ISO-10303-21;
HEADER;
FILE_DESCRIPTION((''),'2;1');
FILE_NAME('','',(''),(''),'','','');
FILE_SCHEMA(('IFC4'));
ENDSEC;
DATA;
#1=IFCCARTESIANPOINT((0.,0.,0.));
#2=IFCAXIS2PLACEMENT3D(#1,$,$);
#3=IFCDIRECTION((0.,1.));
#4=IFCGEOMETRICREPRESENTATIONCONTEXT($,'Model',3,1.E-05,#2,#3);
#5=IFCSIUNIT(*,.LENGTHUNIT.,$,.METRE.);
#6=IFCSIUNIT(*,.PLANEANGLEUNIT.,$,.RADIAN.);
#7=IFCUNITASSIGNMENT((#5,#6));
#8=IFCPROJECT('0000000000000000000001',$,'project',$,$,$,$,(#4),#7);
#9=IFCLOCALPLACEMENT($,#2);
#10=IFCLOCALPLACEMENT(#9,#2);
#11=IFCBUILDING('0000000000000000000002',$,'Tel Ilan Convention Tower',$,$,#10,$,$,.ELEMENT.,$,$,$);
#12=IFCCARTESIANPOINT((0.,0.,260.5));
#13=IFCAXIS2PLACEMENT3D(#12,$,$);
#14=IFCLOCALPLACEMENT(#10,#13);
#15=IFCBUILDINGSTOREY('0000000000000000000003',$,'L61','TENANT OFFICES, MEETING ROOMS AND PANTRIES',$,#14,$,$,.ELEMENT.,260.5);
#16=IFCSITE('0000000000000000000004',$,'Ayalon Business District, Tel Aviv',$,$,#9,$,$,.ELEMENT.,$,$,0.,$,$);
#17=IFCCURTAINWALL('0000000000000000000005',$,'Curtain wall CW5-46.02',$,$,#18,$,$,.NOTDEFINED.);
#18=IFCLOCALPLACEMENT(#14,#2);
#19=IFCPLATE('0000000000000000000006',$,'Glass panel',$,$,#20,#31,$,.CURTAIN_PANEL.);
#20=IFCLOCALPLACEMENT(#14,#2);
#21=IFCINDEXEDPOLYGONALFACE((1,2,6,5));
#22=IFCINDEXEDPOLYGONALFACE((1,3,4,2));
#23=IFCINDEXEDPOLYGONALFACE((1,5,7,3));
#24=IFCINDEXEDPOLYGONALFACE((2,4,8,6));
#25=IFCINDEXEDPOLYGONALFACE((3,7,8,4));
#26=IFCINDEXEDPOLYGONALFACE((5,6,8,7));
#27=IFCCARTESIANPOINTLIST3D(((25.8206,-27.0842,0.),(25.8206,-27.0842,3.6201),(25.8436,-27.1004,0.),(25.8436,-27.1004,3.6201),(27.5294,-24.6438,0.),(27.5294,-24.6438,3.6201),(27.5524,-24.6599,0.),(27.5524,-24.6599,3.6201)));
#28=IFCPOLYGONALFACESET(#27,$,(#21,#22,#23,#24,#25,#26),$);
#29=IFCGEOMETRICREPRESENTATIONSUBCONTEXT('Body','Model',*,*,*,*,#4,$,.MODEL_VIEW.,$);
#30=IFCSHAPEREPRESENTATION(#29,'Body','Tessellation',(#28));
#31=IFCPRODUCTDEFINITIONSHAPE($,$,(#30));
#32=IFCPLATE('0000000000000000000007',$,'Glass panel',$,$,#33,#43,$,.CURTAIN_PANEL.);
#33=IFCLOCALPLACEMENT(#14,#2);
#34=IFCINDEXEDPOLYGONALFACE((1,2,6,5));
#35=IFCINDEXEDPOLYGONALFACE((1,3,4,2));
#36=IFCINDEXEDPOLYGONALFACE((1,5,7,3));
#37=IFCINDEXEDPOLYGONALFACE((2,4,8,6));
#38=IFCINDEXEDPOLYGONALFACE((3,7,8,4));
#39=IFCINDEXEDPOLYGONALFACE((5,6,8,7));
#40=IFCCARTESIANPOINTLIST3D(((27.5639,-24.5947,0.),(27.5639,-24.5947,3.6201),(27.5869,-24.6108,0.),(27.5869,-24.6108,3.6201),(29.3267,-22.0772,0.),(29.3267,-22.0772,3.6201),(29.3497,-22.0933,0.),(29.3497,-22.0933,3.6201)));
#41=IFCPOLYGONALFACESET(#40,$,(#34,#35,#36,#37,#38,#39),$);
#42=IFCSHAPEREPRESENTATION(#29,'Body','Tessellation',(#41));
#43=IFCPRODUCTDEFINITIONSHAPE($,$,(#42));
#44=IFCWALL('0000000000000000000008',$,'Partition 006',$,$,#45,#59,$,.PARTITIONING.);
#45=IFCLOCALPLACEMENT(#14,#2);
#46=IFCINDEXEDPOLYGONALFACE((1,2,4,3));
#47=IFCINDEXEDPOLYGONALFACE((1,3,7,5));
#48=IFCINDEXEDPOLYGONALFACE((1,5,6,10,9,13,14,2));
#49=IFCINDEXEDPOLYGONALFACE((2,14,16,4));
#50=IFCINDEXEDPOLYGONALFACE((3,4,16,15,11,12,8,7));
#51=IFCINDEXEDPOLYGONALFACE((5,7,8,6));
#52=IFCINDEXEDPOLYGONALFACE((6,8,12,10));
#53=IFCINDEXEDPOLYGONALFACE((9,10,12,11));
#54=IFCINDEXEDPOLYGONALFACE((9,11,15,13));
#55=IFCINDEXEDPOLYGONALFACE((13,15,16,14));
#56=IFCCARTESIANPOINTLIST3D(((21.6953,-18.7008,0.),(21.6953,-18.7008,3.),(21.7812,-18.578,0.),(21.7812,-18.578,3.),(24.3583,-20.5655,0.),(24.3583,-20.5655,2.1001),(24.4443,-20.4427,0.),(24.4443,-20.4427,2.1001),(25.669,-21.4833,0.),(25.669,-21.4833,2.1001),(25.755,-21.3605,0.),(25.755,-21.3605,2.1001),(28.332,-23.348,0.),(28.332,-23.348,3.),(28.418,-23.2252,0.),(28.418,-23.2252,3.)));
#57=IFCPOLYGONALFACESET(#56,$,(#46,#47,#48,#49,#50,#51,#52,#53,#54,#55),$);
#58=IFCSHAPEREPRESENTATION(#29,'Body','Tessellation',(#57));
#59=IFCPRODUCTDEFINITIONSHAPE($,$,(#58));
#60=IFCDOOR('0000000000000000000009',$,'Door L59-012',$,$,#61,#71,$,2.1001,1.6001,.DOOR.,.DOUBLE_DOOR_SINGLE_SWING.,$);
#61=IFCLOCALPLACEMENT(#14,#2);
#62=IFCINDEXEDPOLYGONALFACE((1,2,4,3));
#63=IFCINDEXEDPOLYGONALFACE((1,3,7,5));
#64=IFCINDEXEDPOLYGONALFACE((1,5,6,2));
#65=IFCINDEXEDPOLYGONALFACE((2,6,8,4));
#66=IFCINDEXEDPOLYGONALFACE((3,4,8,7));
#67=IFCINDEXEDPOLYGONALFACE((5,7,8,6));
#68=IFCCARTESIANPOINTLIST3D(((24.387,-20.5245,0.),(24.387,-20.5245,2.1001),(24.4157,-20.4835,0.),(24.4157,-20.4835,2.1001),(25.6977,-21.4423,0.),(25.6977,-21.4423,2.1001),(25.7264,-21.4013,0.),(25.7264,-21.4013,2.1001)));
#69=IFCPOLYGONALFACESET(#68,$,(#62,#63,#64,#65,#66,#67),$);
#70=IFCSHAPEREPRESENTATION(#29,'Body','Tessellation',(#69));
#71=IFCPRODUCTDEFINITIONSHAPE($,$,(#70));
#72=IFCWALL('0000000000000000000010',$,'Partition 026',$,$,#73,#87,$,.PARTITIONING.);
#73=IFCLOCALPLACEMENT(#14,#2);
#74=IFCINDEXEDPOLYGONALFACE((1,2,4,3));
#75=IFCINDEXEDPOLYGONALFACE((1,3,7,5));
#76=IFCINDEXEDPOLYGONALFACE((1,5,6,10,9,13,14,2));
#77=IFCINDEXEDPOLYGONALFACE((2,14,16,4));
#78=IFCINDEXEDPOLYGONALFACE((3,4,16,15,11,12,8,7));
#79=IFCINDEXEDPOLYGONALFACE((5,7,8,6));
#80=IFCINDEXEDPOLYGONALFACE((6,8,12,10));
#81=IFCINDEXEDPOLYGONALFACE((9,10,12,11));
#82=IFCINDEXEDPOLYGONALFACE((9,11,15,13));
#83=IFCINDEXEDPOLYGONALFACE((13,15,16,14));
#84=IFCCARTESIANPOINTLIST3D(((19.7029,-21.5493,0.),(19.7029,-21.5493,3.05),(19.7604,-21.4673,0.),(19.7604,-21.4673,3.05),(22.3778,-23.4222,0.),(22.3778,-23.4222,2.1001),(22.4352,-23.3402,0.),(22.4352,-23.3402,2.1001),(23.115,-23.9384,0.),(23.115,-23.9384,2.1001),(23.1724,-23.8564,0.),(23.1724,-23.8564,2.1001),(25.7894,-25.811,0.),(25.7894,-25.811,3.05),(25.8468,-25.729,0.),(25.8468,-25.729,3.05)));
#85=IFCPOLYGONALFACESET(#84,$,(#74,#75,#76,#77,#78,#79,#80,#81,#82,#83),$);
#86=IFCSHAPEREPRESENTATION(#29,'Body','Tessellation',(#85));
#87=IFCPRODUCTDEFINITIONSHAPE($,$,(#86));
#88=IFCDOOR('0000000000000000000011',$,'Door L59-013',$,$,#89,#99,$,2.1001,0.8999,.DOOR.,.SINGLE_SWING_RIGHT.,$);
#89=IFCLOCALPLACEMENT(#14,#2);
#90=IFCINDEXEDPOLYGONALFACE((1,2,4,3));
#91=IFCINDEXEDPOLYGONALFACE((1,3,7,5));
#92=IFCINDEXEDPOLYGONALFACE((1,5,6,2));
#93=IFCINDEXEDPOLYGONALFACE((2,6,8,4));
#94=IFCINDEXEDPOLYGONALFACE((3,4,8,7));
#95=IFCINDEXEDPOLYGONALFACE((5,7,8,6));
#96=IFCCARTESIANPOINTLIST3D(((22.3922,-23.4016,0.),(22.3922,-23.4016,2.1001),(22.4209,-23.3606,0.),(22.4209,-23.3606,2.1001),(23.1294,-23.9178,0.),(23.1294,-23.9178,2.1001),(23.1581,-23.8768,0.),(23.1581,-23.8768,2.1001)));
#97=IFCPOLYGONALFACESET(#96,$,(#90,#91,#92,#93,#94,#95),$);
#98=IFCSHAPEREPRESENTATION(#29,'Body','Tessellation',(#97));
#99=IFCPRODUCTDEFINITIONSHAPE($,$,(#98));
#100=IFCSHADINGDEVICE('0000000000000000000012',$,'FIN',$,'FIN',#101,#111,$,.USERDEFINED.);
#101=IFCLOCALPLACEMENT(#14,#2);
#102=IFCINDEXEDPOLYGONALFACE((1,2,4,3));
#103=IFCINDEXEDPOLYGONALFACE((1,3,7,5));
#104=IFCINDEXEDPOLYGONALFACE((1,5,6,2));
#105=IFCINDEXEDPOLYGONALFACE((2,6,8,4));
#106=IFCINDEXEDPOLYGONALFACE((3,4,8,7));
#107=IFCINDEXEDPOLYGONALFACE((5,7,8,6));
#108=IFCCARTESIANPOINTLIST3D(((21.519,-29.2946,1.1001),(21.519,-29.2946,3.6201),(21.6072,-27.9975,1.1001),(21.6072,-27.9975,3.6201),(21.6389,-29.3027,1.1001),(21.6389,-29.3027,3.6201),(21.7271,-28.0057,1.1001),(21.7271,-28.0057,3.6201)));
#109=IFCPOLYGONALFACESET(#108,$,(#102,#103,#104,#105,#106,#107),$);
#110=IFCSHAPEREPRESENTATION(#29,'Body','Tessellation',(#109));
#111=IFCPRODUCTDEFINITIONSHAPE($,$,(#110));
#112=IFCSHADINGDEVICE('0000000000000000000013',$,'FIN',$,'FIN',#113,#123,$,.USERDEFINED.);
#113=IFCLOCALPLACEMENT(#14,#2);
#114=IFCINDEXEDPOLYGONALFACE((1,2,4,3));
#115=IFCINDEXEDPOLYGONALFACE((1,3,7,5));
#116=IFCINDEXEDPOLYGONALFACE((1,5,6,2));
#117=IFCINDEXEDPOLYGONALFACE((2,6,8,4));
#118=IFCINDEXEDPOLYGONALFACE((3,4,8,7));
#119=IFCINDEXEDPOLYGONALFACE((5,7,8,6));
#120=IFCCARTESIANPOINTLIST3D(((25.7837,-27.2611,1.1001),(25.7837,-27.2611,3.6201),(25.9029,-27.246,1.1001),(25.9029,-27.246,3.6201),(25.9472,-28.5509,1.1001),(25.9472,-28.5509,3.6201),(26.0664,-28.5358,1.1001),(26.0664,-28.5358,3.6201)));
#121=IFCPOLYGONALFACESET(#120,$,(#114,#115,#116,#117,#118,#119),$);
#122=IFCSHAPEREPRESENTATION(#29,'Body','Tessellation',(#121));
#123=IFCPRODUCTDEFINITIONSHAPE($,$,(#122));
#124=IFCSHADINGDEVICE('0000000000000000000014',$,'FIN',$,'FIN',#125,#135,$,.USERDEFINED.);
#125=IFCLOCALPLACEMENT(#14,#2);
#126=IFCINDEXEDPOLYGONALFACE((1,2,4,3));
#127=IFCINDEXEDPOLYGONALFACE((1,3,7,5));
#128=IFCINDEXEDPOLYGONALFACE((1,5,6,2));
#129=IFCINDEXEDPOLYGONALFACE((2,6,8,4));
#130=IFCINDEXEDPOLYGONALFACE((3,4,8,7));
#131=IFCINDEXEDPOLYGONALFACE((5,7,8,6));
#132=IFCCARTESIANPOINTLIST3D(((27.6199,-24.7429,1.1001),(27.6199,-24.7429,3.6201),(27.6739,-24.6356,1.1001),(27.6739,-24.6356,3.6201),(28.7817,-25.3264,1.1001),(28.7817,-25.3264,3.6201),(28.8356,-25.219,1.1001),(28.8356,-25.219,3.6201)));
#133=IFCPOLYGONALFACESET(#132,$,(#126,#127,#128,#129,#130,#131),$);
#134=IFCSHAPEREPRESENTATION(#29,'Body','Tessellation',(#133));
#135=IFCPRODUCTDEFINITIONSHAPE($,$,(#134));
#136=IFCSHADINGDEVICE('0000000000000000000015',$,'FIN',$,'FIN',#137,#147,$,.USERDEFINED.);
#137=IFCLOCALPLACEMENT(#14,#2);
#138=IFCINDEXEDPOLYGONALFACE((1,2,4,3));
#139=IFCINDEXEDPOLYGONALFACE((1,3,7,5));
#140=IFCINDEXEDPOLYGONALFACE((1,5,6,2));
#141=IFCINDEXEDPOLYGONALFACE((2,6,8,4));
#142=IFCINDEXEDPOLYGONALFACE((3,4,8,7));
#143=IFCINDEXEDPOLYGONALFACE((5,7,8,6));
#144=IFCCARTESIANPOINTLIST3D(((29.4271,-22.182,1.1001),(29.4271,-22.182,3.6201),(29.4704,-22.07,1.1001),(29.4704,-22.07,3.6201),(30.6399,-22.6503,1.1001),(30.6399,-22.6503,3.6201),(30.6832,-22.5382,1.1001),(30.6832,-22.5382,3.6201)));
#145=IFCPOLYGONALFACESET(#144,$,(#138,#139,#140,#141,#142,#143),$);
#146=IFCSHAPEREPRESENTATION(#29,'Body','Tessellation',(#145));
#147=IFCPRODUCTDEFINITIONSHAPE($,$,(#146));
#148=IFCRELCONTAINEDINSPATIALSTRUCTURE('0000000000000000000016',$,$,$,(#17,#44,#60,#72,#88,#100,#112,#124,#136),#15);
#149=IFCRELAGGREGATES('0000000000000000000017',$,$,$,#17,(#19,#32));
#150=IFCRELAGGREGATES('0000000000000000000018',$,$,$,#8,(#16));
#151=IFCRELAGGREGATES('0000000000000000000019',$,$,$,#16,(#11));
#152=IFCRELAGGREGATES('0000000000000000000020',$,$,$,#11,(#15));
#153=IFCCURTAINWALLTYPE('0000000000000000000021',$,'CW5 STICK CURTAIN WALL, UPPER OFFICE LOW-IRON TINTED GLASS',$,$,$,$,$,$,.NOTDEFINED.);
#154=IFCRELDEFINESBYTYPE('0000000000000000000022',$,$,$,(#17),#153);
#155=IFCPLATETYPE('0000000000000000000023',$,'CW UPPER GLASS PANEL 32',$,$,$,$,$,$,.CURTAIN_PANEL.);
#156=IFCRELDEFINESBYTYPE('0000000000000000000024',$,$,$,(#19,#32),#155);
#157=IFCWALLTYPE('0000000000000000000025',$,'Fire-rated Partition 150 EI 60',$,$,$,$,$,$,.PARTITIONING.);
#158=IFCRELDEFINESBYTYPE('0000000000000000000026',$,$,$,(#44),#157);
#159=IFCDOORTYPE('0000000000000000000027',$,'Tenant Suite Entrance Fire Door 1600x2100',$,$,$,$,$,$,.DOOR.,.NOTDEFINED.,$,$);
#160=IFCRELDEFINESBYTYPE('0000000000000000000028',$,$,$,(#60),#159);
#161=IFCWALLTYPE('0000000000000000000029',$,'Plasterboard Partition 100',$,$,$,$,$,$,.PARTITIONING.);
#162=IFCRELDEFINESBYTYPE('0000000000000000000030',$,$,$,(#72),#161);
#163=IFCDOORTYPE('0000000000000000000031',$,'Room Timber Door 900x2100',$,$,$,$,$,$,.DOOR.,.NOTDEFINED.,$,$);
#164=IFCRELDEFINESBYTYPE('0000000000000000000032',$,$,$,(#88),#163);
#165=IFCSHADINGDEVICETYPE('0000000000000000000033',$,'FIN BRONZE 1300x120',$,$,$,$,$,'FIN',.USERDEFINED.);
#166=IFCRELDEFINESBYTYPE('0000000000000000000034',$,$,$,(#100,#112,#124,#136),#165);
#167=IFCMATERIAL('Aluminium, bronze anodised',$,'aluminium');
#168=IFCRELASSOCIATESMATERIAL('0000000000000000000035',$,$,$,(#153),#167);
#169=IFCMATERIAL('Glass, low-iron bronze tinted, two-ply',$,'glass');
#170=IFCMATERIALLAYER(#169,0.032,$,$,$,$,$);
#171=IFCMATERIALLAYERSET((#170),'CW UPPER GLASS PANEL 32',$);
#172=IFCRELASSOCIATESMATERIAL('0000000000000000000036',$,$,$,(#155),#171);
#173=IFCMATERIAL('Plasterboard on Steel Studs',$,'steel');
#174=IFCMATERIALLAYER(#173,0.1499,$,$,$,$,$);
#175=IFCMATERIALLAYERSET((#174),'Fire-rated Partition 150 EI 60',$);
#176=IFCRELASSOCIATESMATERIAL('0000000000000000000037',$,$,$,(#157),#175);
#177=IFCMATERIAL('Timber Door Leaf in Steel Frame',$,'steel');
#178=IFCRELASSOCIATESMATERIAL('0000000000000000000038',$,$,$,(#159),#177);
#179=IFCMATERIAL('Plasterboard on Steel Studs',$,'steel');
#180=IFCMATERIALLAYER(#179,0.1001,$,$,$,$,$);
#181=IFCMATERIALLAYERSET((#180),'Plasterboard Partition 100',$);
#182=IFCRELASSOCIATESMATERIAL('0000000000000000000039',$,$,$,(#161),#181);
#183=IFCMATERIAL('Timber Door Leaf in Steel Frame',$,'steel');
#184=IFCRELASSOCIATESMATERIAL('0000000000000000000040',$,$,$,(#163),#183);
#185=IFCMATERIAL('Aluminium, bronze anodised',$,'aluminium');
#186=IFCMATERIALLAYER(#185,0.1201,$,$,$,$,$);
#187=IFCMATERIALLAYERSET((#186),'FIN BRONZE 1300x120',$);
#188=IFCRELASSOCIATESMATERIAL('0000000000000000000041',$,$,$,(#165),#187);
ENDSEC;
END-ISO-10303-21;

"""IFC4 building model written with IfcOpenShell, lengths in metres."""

from ifc_helpers import new_model, si_unit, direction, frame, frame_2d, origin, origin_2d, place, context, subcontext, project, spatial, rectangle, extrude, material, layer, layer_set, type_object, element, fill, aggregate, save


model = new_model("IFC4")

# Units and contexts
model_context = context("Model", 3, precision=1e-05, world=origin(), true_north=direction((0.0, 1.0)))
body_context = subcontext(model_context, "Body", "Model", "MODEL_VIEW")
ifc_project = project(units=[si_unit("LENGTHUNIT", "METRE"), si_unit("PLANEANGLEUNIT", "RADIAN")], contexts=[model_context])

# Site, building, storey
site_placement = place(None, origin())
site = spatial("IfcSite", under=ifc_project, at=site_placement, Name="Ayalon Business District, Tel Aviv", CompositionType="ELEMENT", RefElevation=0.0)
building_placement = place(site_placement, origin())
building = spatial("IfcBuilding", under=site, at=building_placement, Name="Tel Ilan Convention Tower", CompositionType="ELEMENT")
storey_placement = place(building_placement, frame((0.0, 0.0, 260.5)))
storey = spatial("IfcBuildingStorey", under=building, at=storey_placement, Name="L61", Description="TENANT OFFICES, MEETING ROOMS AND PANTRIES", CompositionType="ELEMENT", Elevation=260.5)

# Curtain wall, plates
ifc_material_1 = material(Name="Aluminium, bronze anodised", Category="aluminium")
curtain_wall_type = type_object("IfcCurtainWallType", Name="CW5 STICK CURTAIN WALL, UPPER OFFICE LOW-IRON TINTED GLASS", PredefinedType="NOTDEFINED", material=ifc_material_1)
curtain_wall_placement = place(storey_placement, origin())
curtain_wall = element("IfcCurtainWall", 1, at=curtain_wall_placement, inside=storey, type_object=curtain_wall_type, Name="Curtain wall CW5-46.02", PredefinedType="NOTDEFINED")
ifc_material_2 = material(Name="Glass, low-iron bronze tinted, two-ply", Category="glass")
ifc_layer_1 = layer(ifc_material_2, 0.032)
ifc_layer_set_1 = layer_set([ifc_layer_1], Name="CW UPPER GLASS PANEL 32")
plate_type = type_object("IfcPlateType", Name="CW UPPER GLASS PANEL 32", PredefinedType="CURTAIN_PANEL", material=ifc_layer_set_1)
plate_1_placement = place(storey_placement, frame((26.6865, -25.8721, 0.0), z_axis=(0.0, 0.0, 1.0), x_axis=(0.573576, 0.819152, 0.0)))
plate_1 = element("IfcPlate", 2, at=plate_1_placement, type_object=plate_type, Name="Glass panel", PredefinedType="CURTAIN_PANEL", context=body_context, shape_type="SweptSolid", body=[
    extrude(rectangle(XDim=2.9792, YDim=0.0281, at=origin_2d()), origin(), (0.0, 0.0, 1.0), 3.6201),
])
plate_2_placement = place(storey_placement, frame((28.4568, -23.344, 0.0), z_axis=(0.0, 0.0, 1.0), x_axis=(0.573576, 0.819152, 0.0)))
plate_2 = element("IfcPlate", 3, at=plate_2_placement, type_object=plate_type, Name="Glass panel", PredefinedType="CURTAIN_PANEL", context=body_context, shape_type="SweptSolid", body=[
    extrude(rectangle(XDim=3.0732, YDim=0.0281, at=origin_2d()), origin(), (0.0, 0.0, 1.0), 3.6201),
])
aggregate(curtain_wall, [plate_1, plate_2])

# Walls, openings, doors
ifc_material_3 = material(Name="Plasterboard on Steel Studs", Category="steel")
ifc_layer_2 = layer(ifc_material_3, 0.1499)
ifc_layer_set_2 = layer_set([ifc_layer_2], Name="Fire-rated Partition 150 EI 60")
wall_type_1 = type_object("IfcWallType", Name="Fire-rated Partition 150 EI 60", PredefinedType="PARTITIONING", material=ifc_layer_set_2)
wall_1_placement = place(storey_placement, frame((28.375, -23.2866, 0.0), z_axis=(0.0, 0.0, 1.0), x_axis=(-0.819144, 0.573588, 0.0)))
wall_1 = element("IfcWall", 4, at=wall_1_placement, inside=storey, type_object=wall_type_1, Name="Partition 006", PredefinedType="PARTITIONING", context=body_context, shape_type="SweptSolid", body=[
    extrude(rectangle(XDim=8.1021, YDim=0.1499, at=frame_2d((4.051, 0.0))), origin(), (0.0, 0.0, 1.0), 3.0),
])
opening_1_placement = place(wall_1_placement, frame((3.251, 0.0, 0.0)))
opening_1 = element("IfcOpeningElement", 5, at=opening_1_placement, cuts=wall_1, PredefinedType="OPENING", context=body_context, shape_type="SweptSolid", body=[
    extrude(rectangle(XDim=1.6001, YDim=2.1001, at=frame_2d((0.8, 1.05))), frame((0.0, 0.085, 0.0), z_axis=(0.0, -1.0, 0.0), x_axis=(1.0, 0.0, 0.0)), (0.0, 0.0, 1.0), 0.1699),
])
ifc_material_4 = material(Name="Timber Door Leaf in Steel Frame", Category="steel")
door_type_1 = type_object("IfcDoorType", Name="Tenant Suite Entrance Fire Door 1600x2100", OperationType="NOTDEFINED", PredefinedType="DOOR", material=ifc_material_4)
door_1_placement = place(opening_1_placement, origin())
door_1 = element("IfcDoor", 6, at=door_1_placement, inside=storey, type_object=door_type_1, Name="Door L59-012", OperationType="DOUBLE_DOOR_SINGLE_SWING", OverallHeight=2.1001, OverallWidth=1.6001, PredefinedType="DOOR", context=body_context, shape_type="SweptSolid", body=[
    extrude(rectangle(XDim=1.6001, YDim=2.1001, at=frame_2d((0.8, 1.05))), frame((0.0, 0.0249, 0.0), z_axis=(0.0, -1.0, 0.0), x_axis=(1.0, 0.0, 0.0)), (0.0, 0.0, 1.0), 0.05),
])
fill(opening_1, door_1)
ifc_material_5 = material(Name="Plasterboard on Steel Studs", Category="steel")
ifc_layer_3 = layer(ifc_material_5, 0.1001)
ifc_layer_set_3 = layer_set([ifc_layer_3], Name="Plasterboard Partition 100")
wall_type_2 = type_object("IfcWallType", Name="Plasterboard Partition 100", PredefinedType="PARTITIONING", material=ifc_layer_set_3)
wall_2_placement = place(storey_placement, frame((25.8181, -25.77, 0.0), z_axis=(0.0, 0.0, 1.0), x_axis=(-0.819155, 0.573573, 0.0)))
wall_2 = element("IfcWall", 7, at=wall_2_placement, inside=storey, type_object=wall_type_2, Name="Partition 026", PredefinedType="PARTITIONING", context=body_context, shape_type="SweptSolid", body=[
    extrude(rectangle(XDim=7.4302, YDim=0.1001, at=frame_2d((3.7151, 0.0))), origin(), (0.0, 0.0, 1.0), 3.05),
])
opening_2_placement = place(wall_2_placement, frame((3.2649, 0.0, 0.0)))
opening_2 = element("IfcOpeningElement", 8, at=opening_2_placement, cuts=wall_2, PredefinedType="OPENING", context=body_context, shape_type="SweptSolid", body=[
    extrude(rectangle(XDim=0.8999, YDim=2.1001, at=frame_2d((0.45, 1.05))), frame((0.0, 0.0601, 0.0), z_axis=(0.0, -1.0, 0.0), x_axis=(1.0, 0.0, 0.0)), (0.0, 0.0, 1.0), 0.1201),
])
ifc_material_6 = material(Name="Timber Door Leaf in Steel Frame", Category="steel")
door_type_2 = type_object("IfcDoorType", Name="Room Timber Door 900x2100", OperationType="NOTDEFINED", PredefinedType="DOOR", material=ifc_material_6)
door_2_placement = place(opening_2_placement, origin())
door_2 = element("IfcDoor", 9, at=door_2_placement, inside=storey, type_object=door_type_2, Name="Door L59-013", OperationType="SINGLE_SWING_RIGHT", OverallHeight=2.1001, OverallWidth=0.8999, PredefinedType="DOOR", context=body_context, shape_type="SweptSolid", body=[
    extrude(rectangle(XDim=0.8999, YDim=2.1001, at=frame_2d((0.45, 1.05))), frame((0.0, 0.0249, 0.0), z_axis=(0.0, -1.0, 0.0), x_axis=(1.0, 0.0, 0.0)), (0.0, 0.0, 1.0), 0.05),
])
fill(opening_2, door_2)

# Shading devices
ifc_material_7 = material(Name="Aluminium, bronze anodised", Category="aluminium")
ifc_layer_4 = layer(ifc_material_7, 0.1201)
ifc_layer_set_4 = layer_set([ifc_layer_4], Name="FIN BRONZE 1300x120")
shading_device_type = type_object("IfcShadingDeviceType", Name="FIN BRONZE 1300x120", ElementType="FIN", PredefinedType="USERDEFINED", material=ifc_layer_set_4)
for number, where, z_axis, x_axis, name in (
    (10, (21.623, -28.6501, 1.1001), (0.0, 0.0, 1.0), (-0.067822, -0.997697, 0.0), "FIN"),
    (11, (25.925, -27.8984, 1.1001), (0.0, 0.0, 1.0), (0.125718, -0.992066, 0.0), "FIN"),
    (12, (28.2278, -24.981, 1.1001), (0.0, 0.0, 1.0), (0.893633, -0.448799, 0.0), "FIN"),
    (13, (30.0552, -22.3601, 1.1001), (0.0, 0.0, 1.0), (0.932884, -0.360178, 0.0), "FIN"),
):
    element("IfcShadingDevice", number, at=place(storey_placement, frame(where, z_axis=z_axis, x_axis=x_axis)), inside=storey, type_object=shading_device_type, Name=name, ObjectType="FIN", PredefinedType="USERDEFINED", context=body_context, shape_type="SweptSolid", body=[
        extrude(rectangle(XDim=1.3, YDim=0.1201, at=origin_2d()), origin(), (0.0, 0.0, 1.0), 2.52),
    ])

save(model, "model.ifc")
